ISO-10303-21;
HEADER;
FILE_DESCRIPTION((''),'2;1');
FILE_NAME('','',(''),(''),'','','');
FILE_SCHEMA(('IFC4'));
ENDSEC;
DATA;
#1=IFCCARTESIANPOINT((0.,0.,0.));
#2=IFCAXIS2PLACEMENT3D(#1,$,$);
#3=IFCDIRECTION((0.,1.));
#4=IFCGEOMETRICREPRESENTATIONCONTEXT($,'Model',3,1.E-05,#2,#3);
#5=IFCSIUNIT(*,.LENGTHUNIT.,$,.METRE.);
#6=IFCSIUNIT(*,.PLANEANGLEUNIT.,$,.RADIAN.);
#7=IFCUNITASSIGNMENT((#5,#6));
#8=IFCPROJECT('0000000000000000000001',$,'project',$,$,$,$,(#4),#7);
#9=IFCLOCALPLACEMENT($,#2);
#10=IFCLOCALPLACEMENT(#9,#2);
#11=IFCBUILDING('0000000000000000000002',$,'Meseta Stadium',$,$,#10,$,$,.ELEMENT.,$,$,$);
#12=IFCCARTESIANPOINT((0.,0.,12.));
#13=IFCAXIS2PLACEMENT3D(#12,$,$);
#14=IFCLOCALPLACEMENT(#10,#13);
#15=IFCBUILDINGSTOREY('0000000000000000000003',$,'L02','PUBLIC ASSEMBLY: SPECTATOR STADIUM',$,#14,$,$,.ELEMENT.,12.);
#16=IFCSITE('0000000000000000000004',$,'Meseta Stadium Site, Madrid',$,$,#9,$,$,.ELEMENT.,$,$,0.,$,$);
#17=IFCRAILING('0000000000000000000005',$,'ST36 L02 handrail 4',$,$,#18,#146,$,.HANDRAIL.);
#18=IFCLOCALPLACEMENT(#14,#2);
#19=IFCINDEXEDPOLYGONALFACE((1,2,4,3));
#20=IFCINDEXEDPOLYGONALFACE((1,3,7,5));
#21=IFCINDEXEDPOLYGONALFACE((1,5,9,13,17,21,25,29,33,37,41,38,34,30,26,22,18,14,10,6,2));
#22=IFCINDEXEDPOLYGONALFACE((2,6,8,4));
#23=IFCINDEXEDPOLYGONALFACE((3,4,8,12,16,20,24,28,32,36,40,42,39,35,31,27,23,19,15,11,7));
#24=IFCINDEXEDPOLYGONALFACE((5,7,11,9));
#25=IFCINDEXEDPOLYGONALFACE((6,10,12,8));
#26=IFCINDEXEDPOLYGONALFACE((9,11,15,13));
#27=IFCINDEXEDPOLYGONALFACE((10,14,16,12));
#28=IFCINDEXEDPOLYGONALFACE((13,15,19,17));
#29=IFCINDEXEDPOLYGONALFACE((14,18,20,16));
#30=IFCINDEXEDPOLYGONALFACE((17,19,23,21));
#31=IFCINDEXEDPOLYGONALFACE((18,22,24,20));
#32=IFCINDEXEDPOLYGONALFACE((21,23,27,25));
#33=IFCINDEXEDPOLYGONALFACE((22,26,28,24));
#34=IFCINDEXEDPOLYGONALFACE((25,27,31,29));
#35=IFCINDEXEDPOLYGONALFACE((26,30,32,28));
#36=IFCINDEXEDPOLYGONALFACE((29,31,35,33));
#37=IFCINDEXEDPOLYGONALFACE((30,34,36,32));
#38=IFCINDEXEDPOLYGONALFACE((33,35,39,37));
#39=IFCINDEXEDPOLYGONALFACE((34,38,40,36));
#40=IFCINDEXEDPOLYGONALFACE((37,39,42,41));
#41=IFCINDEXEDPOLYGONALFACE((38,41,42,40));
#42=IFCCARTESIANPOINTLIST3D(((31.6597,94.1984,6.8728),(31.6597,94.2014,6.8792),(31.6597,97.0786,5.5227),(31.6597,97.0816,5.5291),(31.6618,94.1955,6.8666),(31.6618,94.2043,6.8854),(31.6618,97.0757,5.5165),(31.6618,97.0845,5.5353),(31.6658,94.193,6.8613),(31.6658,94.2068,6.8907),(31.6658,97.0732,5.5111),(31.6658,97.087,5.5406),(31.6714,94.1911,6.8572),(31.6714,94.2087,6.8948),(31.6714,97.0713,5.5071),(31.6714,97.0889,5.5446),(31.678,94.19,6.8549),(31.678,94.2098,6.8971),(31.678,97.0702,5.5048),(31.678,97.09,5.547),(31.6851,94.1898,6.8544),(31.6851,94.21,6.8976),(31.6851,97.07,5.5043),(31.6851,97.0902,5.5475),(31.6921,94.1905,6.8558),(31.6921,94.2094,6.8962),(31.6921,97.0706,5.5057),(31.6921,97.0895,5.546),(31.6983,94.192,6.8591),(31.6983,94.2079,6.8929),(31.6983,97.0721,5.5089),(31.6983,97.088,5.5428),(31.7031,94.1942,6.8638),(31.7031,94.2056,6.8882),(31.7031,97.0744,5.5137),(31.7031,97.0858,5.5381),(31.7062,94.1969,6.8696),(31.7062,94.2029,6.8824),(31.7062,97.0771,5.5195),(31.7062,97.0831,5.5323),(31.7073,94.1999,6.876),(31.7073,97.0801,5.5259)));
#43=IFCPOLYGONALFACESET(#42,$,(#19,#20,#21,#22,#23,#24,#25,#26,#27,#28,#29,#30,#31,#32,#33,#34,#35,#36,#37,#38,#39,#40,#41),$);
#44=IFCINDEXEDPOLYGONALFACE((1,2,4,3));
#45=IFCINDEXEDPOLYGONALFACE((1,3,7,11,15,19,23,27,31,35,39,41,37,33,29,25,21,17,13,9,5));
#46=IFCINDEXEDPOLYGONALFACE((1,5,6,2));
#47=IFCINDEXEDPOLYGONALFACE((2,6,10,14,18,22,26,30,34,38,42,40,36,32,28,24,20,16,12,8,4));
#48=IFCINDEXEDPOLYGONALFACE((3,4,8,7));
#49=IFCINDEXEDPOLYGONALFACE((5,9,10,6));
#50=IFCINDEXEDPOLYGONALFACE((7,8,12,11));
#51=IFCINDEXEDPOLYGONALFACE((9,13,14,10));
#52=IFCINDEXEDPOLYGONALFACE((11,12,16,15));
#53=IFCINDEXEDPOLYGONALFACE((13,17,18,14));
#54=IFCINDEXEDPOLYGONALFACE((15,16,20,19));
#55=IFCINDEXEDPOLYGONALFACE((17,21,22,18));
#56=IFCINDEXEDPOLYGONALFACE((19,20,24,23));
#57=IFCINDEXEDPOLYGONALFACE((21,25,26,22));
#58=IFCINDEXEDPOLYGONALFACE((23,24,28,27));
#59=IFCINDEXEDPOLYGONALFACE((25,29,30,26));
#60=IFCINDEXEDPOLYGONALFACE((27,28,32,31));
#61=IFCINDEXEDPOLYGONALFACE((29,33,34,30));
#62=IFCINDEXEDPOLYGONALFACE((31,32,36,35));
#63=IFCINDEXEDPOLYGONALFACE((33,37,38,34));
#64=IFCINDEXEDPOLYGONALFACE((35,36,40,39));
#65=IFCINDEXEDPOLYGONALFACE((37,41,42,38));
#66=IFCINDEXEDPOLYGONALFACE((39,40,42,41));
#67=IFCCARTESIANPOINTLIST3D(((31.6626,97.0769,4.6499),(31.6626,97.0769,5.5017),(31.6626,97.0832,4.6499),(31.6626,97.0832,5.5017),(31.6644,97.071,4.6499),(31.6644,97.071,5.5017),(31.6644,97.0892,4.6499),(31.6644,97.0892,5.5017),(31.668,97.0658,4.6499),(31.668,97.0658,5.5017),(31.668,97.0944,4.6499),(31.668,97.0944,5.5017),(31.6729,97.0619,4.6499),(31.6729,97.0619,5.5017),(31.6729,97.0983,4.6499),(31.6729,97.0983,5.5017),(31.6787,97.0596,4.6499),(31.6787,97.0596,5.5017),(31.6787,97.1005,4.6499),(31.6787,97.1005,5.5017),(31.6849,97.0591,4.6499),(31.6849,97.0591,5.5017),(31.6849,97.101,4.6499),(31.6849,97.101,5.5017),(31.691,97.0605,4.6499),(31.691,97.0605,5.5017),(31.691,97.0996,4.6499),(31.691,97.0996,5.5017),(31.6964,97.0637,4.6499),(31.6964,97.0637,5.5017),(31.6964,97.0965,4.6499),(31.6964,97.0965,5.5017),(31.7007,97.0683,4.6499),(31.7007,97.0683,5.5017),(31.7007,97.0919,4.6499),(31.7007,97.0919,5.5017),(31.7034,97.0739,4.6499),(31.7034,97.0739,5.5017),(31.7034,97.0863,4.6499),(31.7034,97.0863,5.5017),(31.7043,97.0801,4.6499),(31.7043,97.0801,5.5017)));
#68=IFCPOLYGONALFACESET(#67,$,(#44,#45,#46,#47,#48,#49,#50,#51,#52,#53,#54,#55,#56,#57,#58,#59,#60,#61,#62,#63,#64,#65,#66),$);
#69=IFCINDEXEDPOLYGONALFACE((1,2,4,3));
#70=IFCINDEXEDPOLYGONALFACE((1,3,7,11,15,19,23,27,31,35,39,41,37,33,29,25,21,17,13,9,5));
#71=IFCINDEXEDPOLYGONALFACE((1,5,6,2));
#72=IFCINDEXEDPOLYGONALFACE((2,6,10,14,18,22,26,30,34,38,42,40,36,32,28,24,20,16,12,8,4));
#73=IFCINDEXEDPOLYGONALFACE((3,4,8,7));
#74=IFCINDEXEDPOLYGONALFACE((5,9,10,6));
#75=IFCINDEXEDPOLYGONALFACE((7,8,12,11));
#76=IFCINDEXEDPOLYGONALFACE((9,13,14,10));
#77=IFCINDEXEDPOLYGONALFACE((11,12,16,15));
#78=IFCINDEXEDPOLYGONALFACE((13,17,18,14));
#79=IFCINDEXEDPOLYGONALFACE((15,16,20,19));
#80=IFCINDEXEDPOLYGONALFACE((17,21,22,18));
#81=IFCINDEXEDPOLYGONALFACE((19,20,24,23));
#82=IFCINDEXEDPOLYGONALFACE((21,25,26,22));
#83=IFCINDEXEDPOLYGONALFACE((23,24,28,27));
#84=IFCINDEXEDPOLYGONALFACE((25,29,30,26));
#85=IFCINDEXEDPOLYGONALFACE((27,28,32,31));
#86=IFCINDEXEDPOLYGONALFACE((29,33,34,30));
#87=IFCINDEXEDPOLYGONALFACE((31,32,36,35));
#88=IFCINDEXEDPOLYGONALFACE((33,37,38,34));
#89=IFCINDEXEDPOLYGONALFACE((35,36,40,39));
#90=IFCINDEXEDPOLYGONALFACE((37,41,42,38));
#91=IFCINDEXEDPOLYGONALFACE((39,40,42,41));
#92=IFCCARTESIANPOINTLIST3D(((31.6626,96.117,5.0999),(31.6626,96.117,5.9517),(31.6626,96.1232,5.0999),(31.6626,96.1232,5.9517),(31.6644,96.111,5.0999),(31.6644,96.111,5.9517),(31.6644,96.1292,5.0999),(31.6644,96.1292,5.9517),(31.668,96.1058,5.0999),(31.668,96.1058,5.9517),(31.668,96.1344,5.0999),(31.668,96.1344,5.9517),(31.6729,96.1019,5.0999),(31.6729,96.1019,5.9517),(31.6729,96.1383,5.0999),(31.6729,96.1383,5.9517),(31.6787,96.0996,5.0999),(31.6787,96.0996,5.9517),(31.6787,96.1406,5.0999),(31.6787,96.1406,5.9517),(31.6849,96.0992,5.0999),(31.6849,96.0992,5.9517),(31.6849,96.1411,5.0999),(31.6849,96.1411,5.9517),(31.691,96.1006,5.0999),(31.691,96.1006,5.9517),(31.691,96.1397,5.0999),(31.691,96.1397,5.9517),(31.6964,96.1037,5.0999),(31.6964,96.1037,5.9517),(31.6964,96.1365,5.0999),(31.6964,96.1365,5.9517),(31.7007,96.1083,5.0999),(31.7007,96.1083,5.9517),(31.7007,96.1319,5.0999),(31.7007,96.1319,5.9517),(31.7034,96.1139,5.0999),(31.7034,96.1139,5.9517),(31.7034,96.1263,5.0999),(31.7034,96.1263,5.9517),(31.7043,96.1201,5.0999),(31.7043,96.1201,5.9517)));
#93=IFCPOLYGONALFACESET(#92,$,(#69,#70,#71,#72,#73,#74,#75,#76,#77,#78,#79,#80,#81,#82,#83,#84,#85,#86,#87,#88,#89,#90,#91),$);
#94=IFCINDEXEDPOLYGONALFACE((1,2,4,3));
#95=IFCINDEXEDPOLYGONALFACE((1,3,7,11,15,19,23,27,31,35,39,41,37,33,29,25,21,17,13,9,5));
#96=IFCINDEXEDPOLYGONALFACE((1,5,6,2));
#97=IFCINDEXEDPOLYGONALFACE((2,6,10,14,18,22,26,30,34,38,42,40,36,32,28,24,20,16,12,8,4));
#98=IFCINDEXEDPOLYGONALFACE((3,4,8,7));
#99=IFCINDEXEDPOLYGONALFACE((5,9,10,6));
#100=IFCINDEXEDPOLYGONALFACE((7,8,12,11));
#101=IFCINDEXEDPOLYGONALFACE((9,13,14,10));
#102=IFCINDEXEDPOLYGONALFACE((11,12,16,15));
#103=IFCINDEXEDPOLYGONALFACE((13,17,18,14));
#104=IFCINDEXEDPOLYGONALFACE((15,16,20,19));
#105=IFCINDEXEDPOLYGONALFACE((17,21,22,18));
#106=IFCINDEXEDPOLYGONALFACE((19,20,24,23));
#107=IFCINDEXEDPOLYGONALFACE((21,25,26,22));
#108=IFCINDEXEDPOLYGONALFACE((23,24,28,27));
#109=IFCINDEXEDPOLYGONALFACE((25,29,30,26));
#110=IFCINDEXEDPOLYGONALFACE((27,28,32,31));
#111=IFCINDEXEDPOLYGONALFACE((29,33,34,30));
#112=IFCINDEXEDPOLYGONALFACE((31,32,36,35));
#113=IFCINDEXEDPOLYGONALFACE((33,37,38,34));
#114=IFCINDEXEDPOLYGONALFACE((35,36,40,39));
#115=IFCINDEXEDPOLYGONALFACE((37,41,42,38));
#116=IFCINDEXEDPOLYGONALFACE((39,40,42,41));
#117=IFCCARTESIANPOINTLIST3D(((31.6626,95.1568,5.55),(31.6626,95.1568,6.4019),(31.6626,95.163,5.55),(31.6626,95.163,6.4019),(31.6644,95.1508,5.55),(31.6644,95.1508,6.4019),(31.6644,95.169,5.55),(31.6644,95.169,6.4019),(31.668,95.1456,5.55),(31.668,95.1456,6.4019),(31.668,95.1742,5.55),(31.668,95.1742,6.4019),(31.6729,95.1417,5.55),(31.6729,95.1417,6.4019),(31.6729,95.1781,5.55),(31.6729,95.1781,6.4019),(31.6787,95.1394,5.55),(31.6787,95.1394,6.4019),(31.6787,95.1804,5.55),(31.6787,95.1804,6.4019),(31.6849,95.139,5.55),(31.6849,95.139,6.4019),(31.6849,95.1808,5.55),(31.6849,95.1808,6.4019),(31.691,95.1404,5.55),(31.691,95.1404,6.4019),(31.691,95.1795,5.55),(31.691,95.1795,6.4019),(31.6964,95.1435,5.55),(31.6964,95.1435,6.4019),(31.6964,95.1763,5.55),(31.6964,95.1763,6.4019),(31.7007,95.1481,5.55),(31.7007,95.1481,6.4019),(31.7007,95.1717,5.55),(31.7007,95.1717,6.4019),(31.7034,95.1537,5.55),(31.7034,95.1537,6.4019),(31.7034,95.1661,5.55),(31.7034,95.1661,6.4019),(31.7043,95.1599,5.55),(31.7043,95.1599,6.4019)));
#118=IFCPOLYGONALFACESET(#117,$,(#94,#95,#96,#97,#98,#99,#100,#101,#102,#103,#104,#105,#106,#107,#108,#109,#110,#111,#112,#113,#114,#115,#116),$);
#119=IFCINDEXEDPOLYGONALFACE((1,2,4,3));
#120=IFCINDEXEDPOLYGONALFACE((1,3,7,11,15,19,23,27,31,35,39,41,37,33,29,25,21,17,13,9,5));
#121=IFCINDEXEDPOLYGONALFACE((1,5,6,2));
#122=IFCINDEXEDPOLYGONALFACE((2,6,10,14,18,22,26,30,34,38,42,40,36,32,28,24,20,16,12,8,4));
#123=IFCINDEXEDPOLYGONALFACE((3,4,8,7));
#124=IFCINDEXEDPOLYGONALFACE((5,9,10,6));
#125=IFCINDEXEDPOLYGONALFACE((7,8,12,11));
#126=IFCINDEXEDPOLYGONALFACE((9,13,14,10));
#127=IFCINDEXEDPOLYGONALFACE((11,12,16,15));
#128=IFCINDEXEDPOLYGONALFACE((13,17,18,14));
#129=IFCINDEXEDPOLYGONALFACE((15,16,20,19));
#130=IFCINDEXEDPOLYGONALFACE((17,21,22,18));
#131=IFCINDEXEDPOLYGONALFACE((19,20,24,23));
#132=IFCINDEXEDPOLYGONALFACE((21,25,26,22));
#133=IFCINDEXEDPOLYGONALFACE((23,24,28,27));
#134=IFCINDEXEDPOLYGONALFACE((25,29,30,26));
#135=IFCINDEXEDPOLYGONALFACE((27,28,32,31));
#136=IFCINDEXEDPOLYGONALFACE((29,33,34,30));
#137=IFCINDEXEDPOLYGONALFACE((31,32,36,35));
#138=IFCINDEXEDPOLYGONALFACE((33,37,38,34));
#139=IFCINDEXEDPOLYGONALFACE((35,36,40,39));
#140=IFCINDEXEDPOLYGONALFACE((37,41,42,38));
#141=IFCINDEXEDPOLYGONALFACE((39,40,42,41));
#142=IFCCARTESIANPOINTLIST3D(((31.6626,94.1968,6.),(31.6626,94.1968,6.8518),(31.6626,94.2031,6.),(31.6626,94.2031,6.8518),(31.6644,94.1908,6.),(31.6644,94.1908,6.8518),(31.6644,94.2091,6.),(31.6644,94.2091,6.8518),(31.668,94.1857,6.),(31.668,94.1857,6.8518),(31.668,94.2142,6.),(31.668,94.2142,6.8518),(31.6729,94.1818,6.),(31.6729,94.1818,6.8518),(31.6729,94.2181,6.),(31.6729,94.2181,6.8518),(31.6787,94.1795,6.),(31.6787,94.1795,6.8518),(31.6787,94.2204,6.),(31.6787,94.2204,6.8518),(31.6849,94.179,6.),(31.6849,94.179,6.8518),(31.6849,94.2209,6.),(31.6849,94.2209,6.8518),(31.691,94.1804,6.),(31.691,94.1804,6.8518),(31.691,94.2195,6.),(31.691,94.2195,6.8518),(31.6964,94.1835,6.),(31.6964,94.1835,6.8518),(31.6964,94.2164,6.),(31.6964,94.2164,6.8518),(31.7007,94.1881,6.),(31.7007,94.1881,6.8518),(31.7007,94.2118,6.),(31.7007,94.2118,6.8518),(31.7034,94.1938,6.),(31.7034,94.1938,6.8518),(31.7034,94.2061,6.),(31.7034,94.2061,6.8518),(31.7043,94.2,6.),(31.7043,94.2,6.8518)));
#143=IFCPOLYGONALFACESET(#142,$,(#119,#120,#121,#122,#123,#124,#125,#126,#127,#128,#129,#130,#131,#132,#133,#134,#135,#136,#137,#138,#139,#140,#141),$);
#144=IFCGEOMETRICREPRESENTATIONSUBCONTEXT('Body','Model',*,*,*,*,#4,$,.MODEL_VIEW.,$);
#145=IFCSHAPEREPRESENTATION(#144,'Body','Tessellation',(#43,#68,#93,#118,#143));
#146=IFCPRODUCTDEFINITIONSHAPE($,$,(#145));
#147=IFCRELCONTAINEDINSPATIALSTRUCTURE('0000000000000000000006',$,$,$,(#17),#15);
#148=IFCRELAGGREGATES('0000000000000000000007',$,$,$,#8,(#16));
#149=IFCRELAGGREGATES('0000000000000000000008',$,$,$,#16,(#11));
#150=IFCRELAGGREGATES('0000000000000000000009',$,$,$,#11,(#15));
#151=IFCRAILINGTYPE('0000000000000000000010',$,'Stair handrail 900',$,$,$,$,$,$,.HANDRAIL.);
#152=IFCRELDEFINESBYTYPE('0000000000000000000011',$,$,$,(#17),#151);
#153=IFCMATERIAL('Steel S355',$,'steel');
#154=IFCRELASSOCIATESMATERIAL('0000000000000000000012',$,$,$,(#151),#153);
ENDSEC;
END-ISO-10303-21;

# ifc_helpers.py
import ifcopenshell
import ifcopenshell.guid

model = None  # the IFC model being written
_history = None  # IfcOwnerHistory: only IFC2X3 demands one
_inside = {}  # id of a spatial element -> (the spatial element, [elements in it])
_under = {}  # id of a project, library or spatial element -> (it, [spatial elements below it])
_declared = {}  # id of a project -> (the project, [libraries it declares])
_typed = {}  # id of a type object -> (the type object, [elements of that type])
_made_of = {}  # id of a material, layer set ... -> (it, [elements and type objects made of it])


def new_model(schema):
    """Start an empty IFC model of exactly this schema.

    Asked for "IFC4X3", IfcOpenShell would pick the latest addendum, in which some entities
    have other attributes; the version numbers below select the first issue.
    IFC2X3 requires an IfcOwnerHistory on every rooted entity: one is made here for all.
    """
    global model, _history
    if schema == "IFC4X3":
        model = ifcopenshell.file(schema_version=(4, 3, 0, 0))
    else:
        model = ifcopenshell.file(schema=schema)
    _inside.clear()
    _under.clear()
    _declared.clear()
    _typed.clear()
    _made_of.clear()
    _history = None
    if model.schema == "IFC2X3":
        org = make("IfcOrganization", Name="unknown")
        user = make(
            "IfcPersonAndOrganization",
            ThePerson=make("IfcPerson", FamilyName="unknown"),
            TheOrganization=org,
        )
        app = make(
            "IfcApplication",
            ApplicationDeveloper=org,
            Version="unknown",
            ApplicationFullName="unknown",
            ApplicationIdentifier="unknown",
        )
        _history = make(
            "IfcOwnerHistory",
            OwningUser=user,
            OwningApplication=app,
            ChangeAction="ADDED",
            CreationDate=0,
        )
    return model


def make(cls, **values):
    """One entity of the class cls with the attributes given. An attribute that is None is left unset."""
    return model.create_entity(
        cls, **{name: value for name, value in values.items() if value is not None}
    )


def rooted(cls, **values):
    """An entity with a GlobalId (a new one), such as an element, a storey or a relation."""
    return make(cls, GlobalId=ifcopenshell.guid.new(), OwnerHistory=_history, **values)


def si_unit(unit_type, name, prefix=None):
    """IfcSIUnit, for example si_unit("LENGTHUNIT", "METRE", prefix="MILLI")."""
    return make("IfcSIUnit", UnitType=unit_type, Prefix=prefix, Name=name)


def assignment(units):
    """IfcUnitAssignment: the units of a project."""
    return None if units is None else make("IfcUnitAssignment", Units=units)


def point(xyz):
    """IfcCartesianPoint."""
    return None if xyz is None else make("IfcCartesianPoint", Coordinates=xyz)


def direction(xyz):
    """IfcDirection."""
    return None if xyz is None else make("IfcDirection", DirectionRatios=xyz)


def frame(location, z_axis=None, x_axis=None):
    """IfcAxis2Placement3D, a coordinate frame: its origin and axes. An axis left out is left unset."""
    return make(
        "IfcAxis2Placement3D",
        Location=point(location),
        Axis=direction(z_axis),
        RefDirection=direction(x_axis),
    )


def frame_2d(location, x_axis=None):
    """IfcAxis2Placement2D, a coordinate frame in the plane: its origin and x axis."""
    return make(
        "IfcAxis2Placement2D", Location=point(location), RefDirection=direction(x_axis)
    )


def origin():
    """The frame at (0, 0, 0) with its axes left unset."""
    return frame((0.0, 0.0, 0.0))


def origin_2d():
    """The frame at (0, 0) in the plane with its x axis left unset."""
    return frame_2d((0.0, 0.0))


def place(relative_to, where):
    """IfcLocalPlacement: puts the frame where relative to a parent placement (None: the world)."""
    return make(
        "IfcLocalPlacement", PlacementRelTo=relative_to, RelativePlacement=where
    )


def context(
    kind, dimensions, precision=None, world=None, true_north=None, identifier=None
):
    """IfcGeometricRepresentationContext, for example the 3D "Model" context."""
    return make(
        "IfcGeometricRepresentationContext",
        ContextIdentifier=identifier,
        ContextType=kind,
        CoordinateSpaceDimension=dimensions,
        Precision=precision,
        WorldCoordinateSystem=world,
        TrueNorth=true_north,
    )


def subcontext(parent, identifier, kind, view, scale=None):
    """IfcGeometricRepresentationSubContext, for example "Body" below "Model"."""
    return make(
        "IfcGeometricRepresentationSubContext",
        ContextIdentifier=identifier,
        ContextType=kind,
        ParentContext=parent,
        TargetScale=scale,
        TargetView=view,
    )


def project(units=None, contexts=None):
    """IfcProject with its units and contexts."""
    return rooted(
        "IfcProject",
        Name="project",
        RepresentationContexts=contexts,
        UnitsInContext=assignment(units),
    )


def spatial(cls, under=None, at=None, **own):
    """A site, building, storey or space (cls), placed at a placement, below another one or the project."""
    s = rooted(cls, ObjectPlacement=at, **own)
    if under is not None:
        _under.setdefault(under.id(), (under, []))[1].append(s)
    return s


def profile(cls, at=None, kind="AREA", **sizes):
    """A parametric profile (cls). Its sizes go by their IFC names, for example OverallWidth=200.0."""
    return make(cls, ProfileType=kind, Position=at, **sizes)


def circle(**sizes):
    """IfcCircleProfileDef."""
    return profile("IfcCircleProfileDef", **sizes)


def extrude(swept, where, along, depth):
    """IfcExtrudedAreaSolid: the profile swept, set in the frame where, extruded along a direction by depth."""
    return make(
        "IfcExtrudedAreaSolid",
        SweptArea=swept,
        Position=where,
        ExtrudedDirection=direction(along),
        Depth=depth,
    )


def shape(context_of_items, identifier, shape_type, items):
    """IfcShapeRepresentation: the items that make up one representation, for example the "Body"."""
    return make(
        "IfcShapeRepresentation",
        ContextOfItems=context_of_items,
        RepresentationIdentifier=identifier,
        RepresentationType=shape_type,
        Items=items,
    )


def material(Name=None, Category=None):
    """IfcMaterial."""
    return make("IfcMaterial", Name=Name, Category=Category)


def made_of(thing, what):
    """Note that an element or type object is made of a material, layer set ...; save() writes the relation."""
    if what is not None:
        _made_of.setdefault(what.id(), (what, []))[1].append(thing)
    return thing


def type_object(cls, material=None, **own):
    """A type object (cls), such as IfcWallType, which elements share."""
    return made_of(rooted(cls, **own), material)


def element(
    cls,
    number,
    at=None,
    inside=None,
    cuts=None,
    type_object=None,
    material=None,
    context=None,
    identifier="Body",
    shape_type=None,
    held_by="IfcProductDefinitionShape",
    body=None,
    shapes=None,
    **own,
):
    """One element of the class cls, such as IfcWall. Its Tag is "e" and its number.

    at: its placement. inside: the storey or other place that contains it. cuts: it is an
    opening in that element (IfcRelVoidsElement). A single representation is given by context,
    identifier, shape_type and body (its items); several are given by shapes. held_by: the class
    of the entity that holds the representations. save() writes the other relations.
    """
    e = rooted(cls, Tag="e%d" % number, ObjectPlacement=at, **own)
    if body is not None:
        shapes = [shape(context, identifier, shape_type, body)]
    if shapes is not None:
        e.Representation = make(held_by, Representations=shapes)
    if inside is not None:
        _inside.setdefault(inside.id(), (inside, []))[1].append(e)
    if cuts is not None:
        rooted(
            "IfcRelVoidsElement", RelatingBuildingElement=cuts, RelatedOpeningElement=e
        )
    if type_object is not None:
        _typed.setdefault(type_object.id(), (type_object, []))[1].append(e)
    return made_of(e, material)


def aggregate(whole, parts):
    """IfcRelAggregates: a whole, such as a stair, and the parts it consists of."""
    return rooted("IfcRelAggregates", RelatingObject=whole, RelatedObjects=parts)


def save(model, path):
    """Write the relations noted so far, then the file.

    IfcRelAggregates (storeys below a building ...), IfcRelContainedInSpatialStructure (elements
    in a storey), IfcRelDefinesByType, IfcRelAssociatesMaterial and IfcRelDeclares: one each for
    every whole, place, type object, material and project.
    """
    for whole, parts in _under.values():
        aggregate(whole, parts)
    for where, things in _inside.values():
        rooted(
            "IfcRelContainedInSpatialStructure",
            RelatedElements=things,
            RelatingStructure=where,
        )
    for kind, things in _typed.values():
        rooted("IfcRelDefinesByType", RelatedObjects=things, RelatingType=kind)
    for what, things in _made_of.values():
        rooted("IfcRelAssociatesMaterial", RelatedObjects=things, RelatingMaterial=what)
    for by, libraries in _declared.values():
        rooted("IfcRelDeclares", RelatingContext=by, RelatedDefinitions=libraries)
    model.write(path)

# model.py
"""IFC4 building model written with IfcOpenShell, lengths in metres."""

from ifc_helpers import new_model, si_unit, direction, frame, origin, origin_2d, place, context, subcontext, project, spatial, circle, extrude, material, type_object, element, save


model = new_model("IFC4")

# Units and contexts
model_context = context("Model", 3, precision=1e-05, world=origin(), true_north=direction((0.0, 1.0)))
body_context = subcontext(model_context, "Body", "Model", "MODEL_VIEW")
ifc_project = project(units=[si_unit("LENGTHUNIT", "METRE"), si_unit("PLANEANGLEUNIT", "RADIAN")], contexts=[model_context])

# Site, building, storey
site_placement = place(None, origin())
site = spatial("IfcSite", under=ifc_project, at=site_placement, Name="Meseta Stadium Site, Madrid", CompositionType="ELEMENT", RefElevation=0.0)
building_placement = place(site_placement, origin())
building = spatial("IfcBuilding", under=site, at=building_placement, Name="Meseta Stadium", CompositionType="ELEMENT")
storey_placement = place(building_placement, frame((0.0, 0.0, 12.0)))
storey = spatial("IfcBuildingStorey", under=building, at=storey_placement, Name="L02", Description="PUBLIC ASSEMBLY: SPECTATOR STADIUM", CompositionType="ELEMENT", Elevation=12.0)

# Railing
ifc_material_1 = material(Name="Steel S355", Category="steel")
railing_type_1 = type_object("IfcRailingType", Name="Stair handrail 900", PredefinedType="HANDRAIL", material=ifc_material_1)
for number, where, name in (
    (1, (31.6833, 97.0801, 4.6499), "ST36 L02 handrail 4"),
):
    element("IfcRailing", number, at=place(storey_placement, frame(where)), inside=storey, type_object=railing_type_1, Name=name, PredefinedType="HANDRAIL", context=body_context, shape_type="SweptSolid", body=[
        extrude(circle(Radius=0.0239, at=origin_2d()), frame((0.0, 0.0, 0.876), z_axis=(0.0, -0.905454, 0.424444), x_axis=(1.0, 0.0, 0.0)), (0.0, 0.0, 1.0), 3.1809),
        extrude(circle(Radius=0.021, at=origin_2d()), origin(), (0.0, 0.0, 1.0), 0.8518),
        extrude(circle(Radius=0.021, at=origin_2d()), frame((0.0, -0.96, 0.45)), (0.0, 0.0, 1.0), 0.8518),
        extrude(circle(Radius=0.021, at=origin_2d()), frame((0.0, -1.9202, 0.9001)), (0.0, 0.0, 1.0), 0.8518),
        extrude(circle(Radius=0.021, at=origin_2d()), frame((0.0, -2.8801, 1.3501)), (0.0, 0.0, 1.0), 0.8518),
    ])

save(model, "model.ifc")
